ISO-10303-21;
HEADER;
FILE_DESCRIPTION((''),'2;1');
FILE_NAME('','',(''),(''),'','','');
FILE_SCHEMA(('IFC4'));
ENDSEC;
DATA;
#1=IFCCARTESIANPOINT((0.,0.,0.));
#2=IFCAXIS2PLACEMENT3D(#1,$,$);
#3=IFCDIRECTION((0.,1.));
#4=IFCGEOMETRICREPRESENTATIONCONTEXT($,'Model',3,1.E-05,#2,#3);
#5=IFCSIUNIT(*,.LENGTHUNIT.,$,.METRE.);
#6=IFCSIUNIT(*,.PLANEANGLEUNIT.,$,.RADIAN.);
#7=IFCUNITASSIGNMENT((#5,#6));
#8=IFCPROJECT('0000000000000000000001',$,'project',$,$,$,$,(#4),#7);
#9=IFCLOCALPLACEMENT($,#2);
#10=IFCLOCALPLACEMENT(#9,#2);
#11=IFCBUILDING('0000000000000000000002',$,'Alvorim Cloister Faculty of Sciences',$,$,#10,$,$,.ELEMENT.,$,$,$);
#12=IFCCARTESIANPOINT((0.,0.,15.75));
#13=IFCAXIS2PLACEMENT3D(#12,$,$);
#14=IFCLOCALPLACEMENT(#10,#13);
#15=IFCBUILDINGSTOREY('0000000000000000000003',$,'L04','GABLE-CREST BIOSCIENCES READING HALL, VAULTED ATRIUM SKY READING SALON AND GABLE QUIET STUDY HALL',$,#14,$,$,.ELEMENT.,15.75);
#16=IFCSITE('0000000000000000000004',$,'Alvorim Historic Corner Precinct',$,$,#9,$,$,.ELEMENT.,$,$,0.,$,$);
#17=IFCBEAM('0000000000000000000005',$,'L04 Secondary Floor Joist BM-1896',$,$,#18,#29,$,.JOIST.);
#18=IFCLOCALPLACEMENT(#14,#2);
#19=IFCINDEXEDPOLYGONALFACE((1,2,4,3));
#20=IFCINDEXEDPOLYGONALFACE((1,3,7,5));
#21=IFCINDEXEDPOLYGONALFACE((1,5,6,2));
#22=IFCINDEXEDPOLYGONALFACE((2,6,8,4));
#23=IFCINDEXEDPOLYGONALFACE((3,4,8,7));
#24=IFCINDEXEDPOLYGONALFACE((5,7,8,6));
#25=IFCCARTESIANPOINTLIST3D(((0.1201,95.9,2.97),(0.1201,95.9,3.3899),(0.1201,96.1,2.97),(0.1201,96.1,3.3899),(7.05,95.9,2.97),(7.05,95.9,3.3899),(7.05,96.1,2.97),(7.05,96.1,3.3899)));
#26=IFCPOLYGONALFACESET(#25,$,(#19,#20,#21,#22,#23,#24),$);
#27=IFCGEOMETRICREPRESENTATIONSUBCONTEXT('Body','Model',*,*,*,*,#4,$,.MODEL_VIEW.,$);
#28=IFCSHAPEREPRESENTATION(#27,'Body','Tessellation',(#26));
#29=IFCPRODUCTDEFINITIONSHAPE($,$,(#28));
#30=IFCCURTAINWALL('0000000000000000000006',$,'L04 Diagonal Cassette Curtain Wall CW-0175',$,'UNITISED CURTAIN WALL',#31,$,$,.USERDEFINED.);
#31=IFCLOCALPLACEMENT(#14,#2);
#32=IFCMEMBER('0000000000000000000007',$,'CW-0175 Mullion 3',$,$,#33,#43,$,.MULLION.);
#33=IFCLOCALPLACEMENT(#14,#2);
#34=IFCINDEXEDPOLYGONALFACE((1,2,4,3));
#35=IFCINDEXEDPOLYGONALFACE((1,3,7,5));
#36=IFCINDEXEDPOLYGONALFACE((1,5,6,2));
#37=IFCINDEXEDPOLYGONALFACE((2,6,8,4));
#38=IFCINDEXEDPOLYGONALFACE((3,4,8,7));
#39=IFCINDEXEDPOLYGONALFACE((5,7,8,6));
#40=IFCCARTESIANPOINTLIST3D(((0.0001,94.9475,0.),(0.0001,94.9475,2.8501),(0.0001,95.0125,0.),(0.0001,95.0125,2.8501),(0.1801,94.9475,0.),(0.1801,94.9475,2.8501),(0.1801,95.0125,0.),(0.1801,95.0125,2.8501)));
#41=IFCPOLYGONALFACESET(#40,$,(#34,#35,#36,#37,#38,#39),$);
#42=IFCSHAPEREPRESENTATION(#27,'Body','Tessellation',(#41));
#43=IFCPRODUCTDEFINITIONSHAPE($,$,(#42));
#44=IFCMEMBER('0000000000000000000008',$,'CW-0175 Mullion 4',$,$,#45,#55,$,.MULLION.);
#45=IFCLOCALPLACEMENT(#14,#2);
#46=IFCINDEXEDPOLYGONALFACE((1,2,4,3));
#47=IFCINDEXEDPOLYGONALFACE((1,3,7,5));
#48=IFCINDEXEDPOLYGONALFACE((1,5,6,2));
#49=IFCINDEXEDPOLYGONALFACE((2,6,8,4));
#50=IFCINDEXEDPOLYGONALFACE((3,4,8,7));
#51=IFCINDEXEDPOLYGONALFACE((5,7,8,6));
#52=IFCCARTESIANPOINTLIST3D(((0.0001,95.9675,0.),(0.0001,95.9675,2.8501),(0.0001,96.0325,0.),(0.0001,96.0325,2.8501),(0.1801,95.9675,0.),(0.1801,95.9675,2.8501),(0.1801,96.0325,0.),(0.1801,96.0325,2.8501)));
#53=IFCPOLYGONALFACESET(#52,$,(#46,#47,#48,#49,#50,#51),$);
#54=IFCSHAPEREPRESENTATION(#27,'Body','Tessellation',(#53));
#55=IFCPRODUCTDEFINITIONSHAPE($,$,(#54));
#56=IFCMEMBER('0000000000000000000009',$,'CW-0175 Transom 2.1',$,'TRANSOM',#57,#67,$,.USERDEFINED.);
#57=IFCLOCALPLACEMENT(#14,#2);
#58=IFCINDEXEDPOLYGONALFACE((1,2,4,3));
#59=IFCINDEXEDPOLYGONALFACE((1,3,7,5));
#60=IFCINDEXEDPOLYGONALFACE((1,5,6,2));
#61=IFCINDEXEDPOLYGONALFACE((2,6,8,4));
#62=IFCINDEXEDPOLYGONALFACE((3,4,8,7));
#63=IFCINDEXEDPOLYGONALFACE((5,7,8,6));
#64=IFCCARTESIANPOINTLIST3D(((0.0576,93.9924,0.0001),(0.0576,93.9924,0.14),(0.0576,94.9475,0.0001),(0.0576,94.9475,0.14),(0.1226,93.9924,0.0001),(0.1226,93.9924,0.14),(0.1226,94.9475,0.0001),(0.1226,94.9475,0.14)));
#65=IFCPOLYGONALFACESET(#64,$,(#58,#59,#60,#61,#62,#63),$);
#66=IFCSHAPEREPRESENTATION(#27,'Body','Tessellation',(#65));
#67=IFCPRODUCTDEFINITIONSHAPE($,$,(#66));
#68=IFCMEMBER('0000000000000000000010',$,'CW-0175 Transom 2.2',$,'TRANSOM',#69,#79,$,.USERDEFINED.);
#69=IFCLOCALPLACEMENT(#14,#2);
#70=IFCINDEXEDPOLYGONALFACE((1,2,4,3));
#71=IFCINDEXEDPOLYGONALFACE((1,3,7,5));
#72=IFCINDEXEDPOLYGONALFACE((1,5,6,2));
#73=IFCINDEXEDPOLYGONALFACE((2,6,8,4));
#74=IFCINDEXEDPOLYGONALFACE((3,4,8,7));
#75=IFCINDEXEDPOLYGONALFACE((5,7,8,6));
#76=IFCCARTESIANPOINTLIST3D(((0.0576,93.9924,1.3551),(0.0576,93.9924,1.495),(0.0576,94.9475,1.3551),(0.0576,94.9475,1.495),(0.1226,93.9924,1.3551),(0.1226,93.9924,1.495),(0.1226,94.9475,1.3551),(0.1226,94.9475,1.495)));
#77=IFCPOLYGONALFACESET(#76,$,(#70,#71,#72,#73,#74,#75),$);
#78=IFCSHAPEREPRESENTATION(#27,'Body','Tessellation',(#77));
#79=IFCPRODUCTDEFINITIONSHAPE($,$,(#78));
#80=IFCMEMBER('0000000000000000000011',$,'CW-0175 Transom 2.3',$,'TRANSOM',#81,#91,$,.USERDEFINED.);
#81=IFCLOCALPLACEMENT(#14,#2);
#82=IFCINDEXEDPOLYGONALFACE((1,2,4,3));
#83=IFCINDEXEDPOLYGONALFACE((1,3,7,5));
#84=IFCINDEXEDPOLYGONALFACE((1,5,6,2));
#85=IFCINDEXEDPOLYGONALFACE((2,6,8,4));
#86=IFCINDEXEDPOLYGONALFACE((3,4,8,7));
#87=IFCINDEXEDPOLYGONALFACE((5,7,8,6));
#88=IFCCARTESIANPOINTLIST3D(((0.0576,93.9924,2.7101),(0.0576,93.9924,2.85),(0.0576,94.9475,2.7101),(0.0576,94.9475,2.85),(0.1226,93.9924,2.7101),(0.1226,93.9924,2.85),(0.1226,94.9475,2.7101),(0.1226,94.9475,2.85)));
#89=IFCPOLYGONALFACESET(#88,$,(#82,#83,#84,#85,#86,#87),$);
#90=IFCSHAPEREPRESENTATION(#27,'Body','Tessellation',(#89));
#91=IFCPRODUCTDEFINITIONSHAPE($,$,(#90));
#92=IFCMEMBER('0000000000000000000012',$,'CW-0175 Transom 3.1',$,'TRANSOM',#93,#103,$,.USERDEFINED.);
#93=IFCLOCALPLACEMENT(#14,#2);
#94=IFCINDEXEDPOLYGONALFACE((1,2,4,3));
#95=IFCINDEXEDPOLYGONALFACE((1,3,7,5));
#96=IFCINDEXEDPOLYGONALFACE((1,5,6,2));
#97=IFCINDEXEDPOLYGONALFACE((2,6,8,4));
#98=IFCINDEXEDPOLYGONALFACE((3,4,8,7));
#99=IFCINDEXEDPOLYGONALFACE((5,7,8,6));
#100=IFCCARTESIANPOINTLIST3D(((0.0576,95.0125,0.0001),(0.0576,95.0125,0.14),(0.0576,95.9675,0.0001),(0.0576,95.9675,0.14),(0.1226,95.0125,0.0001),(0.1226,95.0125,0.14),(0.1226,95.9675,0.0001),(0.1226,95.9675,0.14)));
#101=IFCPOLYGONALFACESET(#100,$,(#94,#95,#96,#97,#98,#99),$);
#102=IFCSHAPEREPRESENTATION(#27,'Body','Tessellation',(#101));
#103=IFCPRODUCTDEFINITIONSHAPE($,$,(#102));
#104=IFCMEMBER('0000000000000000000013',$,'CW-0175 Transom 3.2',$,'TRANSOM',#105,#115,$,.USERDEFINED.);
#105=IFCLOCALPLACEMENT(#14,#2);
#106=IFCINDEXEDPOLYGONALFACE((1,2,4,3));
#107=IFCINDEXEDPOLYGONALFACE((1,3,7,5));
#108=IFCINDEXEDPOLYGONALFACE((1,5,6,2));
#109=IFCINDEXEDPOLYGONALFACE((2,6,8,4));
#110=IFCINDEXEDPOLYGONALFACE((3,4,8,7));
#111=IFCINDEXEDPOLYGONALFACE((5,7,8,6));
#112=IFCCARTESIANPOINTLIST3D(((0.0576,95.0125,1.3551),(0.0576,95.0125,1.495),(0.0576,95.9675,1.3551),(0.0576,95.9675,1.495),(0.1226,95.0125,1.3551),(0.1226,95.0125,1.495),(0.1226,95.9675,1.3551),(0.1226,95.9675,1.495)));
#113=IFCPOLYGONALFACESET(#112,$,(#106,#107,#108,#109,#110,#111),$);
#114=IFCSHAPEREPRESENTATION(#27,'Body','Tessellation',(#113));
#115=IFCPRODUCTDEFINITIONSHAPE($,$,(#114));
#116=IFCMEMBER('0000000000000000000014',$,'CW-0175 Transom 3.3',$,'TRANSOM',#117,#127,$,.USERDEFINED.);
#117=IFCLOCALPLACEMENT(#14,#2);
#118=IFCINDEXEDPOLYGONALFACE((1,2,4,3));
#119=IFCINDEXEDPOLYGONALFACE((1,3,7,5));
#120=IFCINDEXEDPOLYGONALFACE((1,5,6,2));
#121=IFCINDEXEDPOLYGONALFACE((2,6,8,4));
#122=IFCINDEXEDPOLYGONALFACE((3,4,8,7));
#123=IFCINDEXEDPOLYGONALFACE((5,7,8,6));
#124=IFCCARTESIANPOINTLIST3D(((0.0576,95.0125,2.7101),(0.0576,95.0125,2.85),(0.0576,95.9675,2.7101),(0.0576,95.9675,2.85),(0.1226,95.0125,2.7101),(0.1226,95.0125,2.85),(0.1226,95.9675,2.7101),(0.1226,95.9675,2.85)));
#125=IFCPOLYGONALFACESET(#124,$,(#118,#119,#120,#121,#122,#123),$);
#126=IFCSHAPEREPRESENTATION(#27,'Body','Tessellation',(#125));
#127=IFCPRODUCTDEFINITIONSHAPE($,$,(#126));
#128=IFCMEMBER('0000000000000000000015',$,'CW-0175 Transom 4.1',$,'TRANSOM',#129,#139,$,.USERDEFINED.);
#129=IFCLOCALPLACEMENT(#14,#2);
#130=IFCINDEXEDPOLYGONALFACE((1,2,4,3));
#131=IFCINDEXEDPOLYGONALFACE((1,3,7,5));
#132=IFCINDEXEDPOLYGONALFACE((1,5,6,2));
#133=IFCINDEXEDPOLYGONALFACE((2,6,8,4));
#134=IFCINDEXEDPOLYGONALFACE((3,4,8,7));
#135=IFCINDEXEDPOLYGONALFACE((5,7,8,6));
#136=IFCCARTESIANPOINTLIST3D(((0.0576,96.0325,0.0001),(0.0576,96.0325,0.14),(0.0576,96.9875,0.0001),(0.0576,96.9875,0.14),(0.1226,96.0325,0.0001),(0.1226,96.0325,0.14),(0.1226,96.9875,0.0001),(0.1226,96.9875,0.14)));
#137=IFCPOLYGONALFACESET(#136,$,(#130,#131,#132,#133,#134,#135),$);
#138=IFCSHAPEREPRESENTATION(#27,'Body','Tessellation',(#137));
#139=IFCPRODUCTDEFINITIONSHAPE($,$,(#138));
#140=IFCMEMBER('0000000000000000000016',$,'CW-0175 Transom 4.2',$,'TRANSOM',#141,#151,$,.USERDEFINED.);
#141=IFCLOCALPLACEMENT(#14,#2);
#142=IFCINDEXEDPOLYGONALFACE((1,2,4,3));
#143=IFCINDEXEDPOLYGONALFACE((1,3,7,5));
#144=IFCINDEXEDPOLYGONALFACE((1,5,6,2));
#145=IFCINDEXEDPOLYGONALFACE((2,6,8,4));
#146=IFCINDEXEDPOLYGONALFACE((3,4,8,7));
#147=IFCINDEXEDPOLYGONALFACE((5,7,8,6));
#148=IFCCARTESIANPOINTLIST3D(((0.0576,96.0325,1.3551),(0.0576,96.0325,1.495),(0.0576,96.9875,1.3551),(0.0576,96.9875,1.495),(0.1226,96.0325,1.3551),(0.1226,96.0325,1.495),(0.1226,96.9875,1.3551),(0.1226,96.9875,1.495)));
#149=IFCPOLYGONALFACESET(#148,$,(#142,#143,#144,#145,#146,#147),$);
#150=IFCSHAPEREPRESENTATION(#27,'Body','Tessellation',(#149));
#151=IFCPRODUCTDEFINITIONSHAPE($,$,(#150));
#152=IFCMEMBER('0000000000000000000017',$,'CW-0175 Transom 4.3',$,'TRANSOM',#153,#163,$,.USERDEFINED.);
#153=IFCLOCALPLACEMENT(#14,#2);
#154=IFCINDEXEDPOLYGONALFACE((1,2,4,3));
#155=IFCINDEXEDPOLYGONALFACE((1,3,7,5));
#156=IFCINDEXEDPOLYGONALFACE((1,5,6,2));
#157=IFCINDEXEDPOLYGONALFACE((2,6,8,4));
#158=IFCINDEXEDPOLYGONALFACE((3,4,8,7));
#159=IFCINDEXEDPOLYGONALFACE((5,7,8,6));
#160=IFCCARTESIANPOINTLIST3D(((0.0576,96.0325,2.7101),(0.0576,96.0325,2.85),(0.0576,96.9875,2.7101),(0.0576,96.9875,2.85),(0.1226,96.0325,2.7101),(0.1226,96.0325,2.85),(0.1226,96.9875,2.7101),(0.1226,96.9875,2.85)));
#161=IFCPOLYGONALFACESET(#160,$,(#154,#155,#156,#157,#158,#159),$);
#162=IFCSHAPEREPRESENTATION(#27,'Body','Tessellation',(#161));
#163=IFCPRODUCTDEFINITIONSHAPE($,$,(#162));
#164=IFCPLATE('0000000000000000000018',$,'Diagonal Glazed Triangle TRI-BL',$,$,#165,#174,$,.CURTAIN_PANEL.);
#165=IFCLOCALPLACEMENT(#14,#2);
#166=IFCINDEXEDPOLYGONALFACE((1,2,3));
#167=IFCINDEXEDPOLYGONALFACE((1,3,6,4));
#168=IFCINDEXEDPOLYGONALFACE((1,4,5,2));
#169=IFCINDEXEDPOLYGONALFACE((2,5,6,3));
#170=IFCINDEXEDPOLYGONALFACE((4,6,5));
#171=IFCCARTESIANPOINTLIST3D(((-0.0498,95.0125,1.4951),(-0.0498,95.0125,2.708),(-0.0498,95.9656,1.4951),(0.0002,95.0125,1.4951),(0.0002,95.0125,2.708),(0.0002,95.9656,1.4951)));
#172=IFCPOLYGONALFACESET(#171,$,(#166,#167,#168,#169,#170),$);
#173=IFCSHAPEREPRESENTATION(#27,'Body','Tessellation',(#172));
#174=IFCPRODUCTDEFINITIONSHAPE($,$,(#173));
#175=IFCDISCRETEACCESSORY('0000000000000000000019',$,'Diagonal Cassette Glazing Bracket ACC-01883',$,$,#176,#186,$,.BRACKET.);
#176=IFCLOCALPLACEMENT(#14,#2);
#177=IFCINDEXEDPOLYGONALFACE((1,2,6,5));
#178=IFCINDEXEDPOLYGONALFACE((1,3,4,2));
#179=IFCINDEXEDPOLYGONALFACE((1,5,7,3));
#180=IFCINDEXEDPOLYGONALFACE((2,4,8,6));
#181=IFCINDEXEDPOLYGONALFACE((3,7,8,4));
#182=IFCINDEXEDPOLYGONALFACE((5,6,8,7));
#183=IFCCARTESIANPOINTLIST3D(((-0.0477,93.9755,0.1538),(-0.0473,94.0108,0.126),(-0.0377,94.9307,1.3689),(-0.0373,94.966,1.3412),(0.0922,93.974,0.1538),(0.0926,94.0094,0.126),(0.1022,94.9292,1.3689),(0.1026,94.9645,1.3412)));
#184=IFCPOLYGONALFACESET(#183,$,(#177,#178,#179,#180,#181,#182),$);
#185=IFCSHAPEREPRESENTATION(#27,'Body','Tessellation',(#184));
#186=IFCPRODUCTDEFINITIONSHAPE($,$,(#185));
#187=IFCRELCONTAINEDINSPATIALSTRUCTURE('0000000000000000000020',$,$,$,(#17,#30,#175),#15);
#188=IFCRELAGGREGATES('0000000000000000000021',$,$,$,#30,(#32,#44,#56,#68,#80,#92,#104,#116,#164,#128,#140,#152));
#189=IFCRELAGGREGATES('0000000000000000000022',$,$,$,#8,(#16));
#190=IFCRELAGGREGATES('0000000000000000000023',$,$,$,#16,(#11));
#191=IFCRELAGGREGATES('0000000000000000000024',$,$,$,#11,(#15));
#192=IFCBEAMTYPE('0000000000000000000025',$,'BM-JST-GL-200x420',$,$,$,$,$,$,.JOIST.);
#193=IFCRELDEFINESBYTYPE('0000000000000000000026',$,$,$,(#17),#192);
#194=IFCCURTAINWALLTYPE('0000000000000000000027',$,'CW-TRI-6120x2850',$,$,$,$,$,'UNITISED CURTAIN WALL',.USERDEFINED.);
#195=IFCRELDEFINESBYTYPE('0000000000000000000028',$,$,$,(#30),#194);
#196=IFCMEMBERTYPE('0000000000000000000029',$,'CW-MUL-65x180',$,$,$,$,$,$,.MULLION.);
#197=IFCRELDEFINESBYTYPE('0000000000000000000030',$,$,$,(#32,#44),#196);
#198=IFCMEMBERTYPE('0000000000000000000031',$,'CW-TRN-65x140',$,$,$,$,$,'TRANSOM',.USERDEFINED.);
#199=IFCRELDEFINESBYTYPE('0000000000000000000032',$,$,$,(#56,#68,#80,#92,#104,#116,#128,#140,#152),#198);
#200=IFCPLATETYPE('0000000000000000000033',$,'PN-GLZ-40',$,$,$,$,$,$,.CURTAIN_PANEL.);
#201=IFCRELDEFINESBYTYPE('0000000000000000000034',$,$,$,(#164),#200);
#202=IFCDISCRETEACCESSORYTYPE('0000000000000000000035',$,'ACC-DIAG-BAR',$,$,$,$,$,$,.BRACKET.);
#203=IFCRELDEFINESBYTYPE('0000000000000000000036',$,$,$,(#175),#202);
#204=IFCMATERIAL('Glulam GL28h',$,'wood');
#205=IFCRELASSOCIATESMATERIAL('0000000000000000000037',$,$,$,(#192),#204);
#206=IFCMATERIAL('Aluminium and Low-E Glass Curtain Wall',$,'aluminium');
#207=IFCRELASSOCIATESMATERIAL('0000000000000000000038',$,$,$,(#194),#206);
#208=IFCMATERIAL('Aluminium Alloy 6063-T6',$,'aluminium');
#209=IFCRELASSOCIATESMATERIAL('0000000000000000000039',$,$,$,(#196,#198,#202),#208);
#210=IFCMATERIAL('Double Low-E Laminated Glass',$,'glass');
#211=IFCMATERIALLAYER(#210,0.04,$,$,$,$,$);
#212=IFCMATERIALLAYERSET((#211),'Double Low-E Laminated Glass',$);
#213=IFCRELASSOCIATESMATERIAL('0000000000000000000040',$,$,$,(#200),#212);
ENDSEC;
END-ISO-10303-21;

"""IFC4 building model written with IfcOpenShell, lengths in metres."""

from ifc_helpers import new_model, si_unit, direction, frame, origin, origin_2d, place, context, subcontext, project, spatial, polyline, rectangle, outline, extrude, material, layer, layer_set, material_profile, profile_set, type_object, element, aggregate, save


model = new_model("IFC4")

# Units and contexts
model_context = context("Model", 3, precision=1e-05, world=origin(), true_north=direction((0.0, 1.0)))
body_context = subcontext(model_context, "Body", "Model", "MODEL_VIEW")
ifc_project = project(units=[si_unit("LENGTHUNIT", "METRE"), si_unit("PLANEANGLEUNIT", "RADIAN")], contexts=[model_context])

# Site, building, storey
site_placement = place(None, origin())
site = spatial("IfcSite", under=ifc_project, at=site_placement, Name="Alvorim Historic Corner Precinct", CompositionType="ELEMENT", RefElevation=0.0)
building_placement = place(site_placement, origin())
building = spatial("IfcBuilding", under=site, at=building_placement, Name="Alvorim Cloister Faculty of Sciences", CompositionType="ELEMENT")
storey_placement = place(building_placement, frame((0.0, 0.0, 15.75)))
storey = spatial("IfcBuildingStorey", under=building, at=storey_placement, Name="L04", Description="GABLE-CREST BIOSCIENCES READING HALL, VAULTED ATRIUM SKY READING SALON AND GABLE QUIET STUDY HALL", CompositionType="ELEMENT", Elevation=15.75)

# Beam
ifc_material_1 = material(Name="Glulam GL28h", Category="wood")
ifc_material_profile_1 = material_profile(ifc_material_1, rectangle(XDim=0.2, YDim=0.4199, at=origin_2d()), Name="GL28-JST-200x420")
ifc_profile_set_1 = profile_set([ifc_material_profile_1], Name="Glulam GL28h")
beam_type = type_object("IfcBeamType", Name="BM-JST-GL-200x420", PredefinedType="JOIST", material=ifc_profile_set_1)
beam_placement = place(storey_placement, frame((0.1201, 96.0, 3.1799), z_axis=(1.0, 0.0, 0.0), x_axis=(0.0, 1.0, 0.0)))
element("IfcBeam", 1, at=beam_placement, inside=storey, type_object=beam_type, Name="L04 Secondary Floor Joist BM-1896", PredefinedType="JOIST", context=body_context, shape_type="SweptSolid", body=[
    extrude(rectangle(XDim=0.2, YDim=0.4199, at=origin_2d()), origin(), (0.0, 0.0, 1.0), 6.9299),
])

# Curtain wall, members, plate
ifc_material_2 = material(Name="Aluminium and Low-E Glass Curtain Wall", Category="aluminium")
curtain_wall_type = type_object("IfcCurtainWallType", Name="CW-TRI-6120x2850", ElementType="UNITISED CURTAIN WALL", PredefinedType="USERDEFINED", material=ifc_material_2)
curtain_wall_placement = place(storey_placement, origin())
curtain_wall = element("IfcCurtainWall", 2, at=curtain_wall_placement, inside=storey, type_object=curtain_wall_type, Name="L04 Diagonal Cassette Curtain Wall CW-0175", ObjectType="UNITISED CURTAIN WALL", PredefinedType="USERDEFINED")
ifc_material_3 = material(Name="Aluminium Alloy 6063-T6", Category="aluminium")
ifc_material_profile_2 = material_profile(ifc_material_3, rectangle(XDim=0.0649, YDim=0.1799, at=origin_2d()), Name="ALU-MUL-65x180")
ifc_profile_set_2 = profile_set([ifc_material_profile_2], Name="Aluminium Alloy 6063-T6")
member_type_1 = type_object("IfcMemberType", Name="CW-MUL-65x180", PredefinedType="MULLION", material=ifc_profile_set_2)
member_1_placement = place(storey_placement, frame((0.0901, 94.98, 0.0), z_axis=(0.0, 0.0, 1.0), x_axis=(0.0, 1.0, 0.0)))
member_1 = element("IfcMember", 3, at=member_1_placement, type_object=member_type_1, Name="CW-0175 Mullion 3", PredefinedType="MULLION", context=body_context, shape_type="SweptSolid", body=[
    extrude(rectangle(XDim=0.0649, YDim=0.1799, at=origin_2d()), origin(), (0.0, 0.0, 1.0), 2.8501),
])
member_2_placement = place(storey_placement, frame((0.0901, 96.0, 0.0), z_axis=(0.0, 0.0, 1.0), x_axis=(0.0, 1.0, 0.0)))
member_2 = element("IfcMember", 4, at=member_2_placement, type_object=member_type_1, Name="CW-0175 Mullion 4", PredefinedType="MULLION", context=body_context, shape_type="SweptSolid", body=[
    extrude(rectangle(XDim=0.0649, YDim=0.1799, at=origin_2d()), origin(), (0.0, 0.0, 1.0), 2.8501),
])
ifc_material_profile_3 = material_profile(ifc_material_3, rectangle(XDim=0.0649, YDim=0.1399, at=origin_2d()), Name="ALU-TRN-65x140")
ifc_profile_set_3 = profile_set([ifc_material_profile_3], Name="Aluminium Alloy 6063-T6")
member_type_2 = type_object("IfcMemberType", Name="CW-TRN-65x140", ElementType="TRANSOM", PredefinedType="USERDEFINED", material=ifc_profile_set_3)
member_3_placement = place(storey_placement, frame((0.0901, 93.9924, 0.0701), z_axis=(0.0, 1.0, 0.0), x_axis=(-1.0, 0.0, 0.0)))
member_3 = element("IfcMember", 5, at=member_3_placement, type_object=member_type_2, Name="CW-0175 Transom 2.1", ObjectType="TRANSOM", PredefinedType="USERDEFINED", context=body_context, shape_type="SweptSolid", body=[
    extrude(rectangle(XDim=0.0649, YDim=0.1399, at=origin_2d()), origin(), (0.0, 0.0, 1.0), 0.9551),
])
member_4_placement = place(storey_placement, frame((0.0901, 93.9924, 1.425), z_axis=(0.0, 1.0, 0.0), x_axis=(-1.0, 0.0, 0.0)))
member_4 = element("IfcMember", 6, at=member_4_placement, type_object=member_type_2, Name="CW-0175 Transom 2.2", ObjectType="TRANSOM", PredefinedType="USERDEFINED", context=body_context, shape_type="SweptSolid", body=[
    extrude(rectangle(XDim=0.0649, YDim=0.1399, at=origin_2d()), origin(), (0.0, 0.0, 1.0), 0.9551),
])
member_5_placement = place(storey_placement, frame((0.0901, 93.9924, 2.78), z_axis=(0.0, 1.0, 0.0), x_axis=(-1.0, 0.0, 0.0)))
member_5 = element("IfcMember", 7, at=member_5_placement, type_object=member_type_2, Name="CW-0175 Transom 2.3", ObjectType="TRANSOM", PredefinedType="USERDEFINED", context=body_context, shape_type="SweptSolid", body=[
    extrude(rectangle(XDim=0.0649, YDim=0.1399, at=origin_2d()), origin(), (0.0, 0.0, 1.0), 0.9551),
])
member_6_placement = place(storey_placement, frame((0.0901, 95.0125, 0.0701), z_axis=(0.0, 1.0, 0.0), x_axis=(-1.0, 0.0, 0.0)))
member_6 = element("IfcMember", 8, at=member_6_placement, type_object=member_type_2, Name="CW-0175 Transom 3.1", ObjectType="TRANSOM", PredefinedType="USERDEFINED", context=body_context, shape_type="SweptSolid", body=[
    extrude(rectangle(XDim=0.0649, YDim=0.1399, at=origin_2d()), origin(), (0.0, 0.0, 1.0), 0.9551),
])
member_7_placement = place(storey_placement, frame((0.0901, 95.0125, 1.425), z_axis=(0.0, 1.0, 0.0), x_axis=(-1.0, 0.0, 0.0)))
member_7 = element("IfcMember", 9, at=member_7_placement, type_object=member_type_2, Name="CW-0175 Transom 3.2", ObjectType="TRANSOM", PredefinedType="USERDEFINED", context=body_context, shape_type="SweptSolid", body=[
    extrude(rectangle(XDim=0.0649, YDim=0.1399, at=origin_2d()), origin(), (0.0, 0.0, 1.0), 0.9551),
])
member_8_placement = place(storey_placement, frame((0.0901, 95.0125, 2.78), z_axis=(0.0, 1.0, 0.0), x_axis=(-1.0, 0.0, 0.0)))
member_8 = element("IfcMember", 10, at=member_8_placement, type_object=member_type_2, Name="CW-0175 Transom 3.3", ObjectType="TRANSOM", PredefinedType="USERDEFINED", context=body_context, shape_type="SweptSolid", body=[
    extrude(rectangle(XDim=0.0649, YDim=0.1399, at=origin_2d()), origin(), (0.0, 0.0, 1.0), 0.9551),
])
member_9_placement = place(storey_placement, frame((0.0901, 96.0325, 0.0701), z_axis=(0.0, 1.0, 0.0), x_axis=(-1.0, 0.0, 0.0)))
member_9 = element("IfcMember", 11, at=member_9_placement, type_object=member_type_2, Name="CW-0175 Transom 4.1", ObjectType="TRANSOM", PredefinedType="USERDEFINED", context=body_context, shape_type="SweptSolid", body=[
    extrude(rectangle(XDim=0.0649, YDim=0.1399, at=origin_2d()), origin(), (0.0, 0.0, 1.0), 0.9551),
])
member_10_placement = place(storey_placement, frame((0.0901, 96.0325, 1.425), z_axis=(0.0, 1.0, 0.0), x_axis=(-1.0, 0.0, 0.0)))
member_10 = element("IfcMember", 12, at=member_10_placement, type_object=member_type_2, Name="CW-0175 Transom 4.2", ObjectType="TRANSOM", PredefinedType="USERDEFINED", context=body_context, shape_type="SweptSolid", body=[
    extrude(rectangle(XDim=0.0649, YDim=0.1399, at=origin_2d()), origin(), (0.0, 0.0, 1.0), 0.9551),
])
member_11_placement = place(storey_placement, frame((0.0901, 96.0325, 2.78), z_axis=(0.0, 1.0, 0.0), x_axis=(-1.0, 0.0, 0.0)))
member_11 = element("IfcMember", 13, at=member_11_placement, type_object=member_type_2, Name="CW-0175 Transom 4.3", ObjectType="TRANSOM", PredefinedType="USERDEFINED", context=body_context, shape_type="SweptSolid", body=[
    extrude(rectangle(XDim=0.0649, YDim=0.1399, at=origin_2d()), origin(), (0.0, 0.0, 1.0), 0.9551),
])
ifc_material_4 = material(Name="Double Low-E Laminated Glass", Category="glass")
ifc_layer = layer(ifc_material_4, 0.04)
ifc_layer_set = layer_set([ifc_layer], Name="Double Low-E Laminated Glass")
plate_type = type_object("IfcPlateType", Name="PN-GLZ-40", PredefinedType="CURTAIN_PANEL", material=ifc_layer_set)
plate_1_placement = place(storey_placement, frame((-0.0249, 95.0125, 1.4951), z_axis=(0.0, 0.0, 1.0), x_axis=(0.0, 1.0, 0.0)))
plate_1 = element("IfcPlate", 14, at=plate_1_placement, type_object=plate_type, Name="Diagonal Glazed Triangle TRI-BL", PredefinedType="CURTAIN_PANEL", context=body_context, shape_type="SweptSolid", body=[
    extrude(outline(polyline([(0.0, 0.0), (0.9531, 0.0), (0.0, 1.2129), (0.0, 0.0)])), frame((0.0, 0.0249, 0.0), z_axis=(0.0, -1.0, 0.0), x_axis=(1.0, 0.0, 0.0)), (0.0, 0.0, 1.0), 0.05),
])
aggregate(curtain_wall, [member_1, member_2, member_3, member_4, member_5, member_6, member_7, member_8, plate_1, member_9, member_10, member_11])

# Discrete accessory
discrete_accessory_type = type_object("IfcDiscreteAccessoryType", Name="ACC-DIAG-BAR", PredefinedType="BRACKET", material=ifc_material_3)
discrete_accessory_1_placement = place(storey_placement, frame((0.0225, 93.9924, 0.1399), z_axis=(0.006477, 0.617955, 0.786187), x_axis=(-0.999945, 0.01048, 0.0)))
element("IfcDiscreteAccessory", 15, at=discrete_accessory_1_placement, inside=storey, type_object=discrete_accessory_type, Name="Diagonal Cassette Glazing Bracket ACC-01883", PredefinedType="BRACKET", context=body_context, shape_type="SweptSolid", body=[
    extrude(rectangle(XDim=0.1399, YDim=0.0449, at=origin_2d()), origin(), (0.0, 0.0, 1.0), 1.5457),
])

save(model, "model.ifc")
